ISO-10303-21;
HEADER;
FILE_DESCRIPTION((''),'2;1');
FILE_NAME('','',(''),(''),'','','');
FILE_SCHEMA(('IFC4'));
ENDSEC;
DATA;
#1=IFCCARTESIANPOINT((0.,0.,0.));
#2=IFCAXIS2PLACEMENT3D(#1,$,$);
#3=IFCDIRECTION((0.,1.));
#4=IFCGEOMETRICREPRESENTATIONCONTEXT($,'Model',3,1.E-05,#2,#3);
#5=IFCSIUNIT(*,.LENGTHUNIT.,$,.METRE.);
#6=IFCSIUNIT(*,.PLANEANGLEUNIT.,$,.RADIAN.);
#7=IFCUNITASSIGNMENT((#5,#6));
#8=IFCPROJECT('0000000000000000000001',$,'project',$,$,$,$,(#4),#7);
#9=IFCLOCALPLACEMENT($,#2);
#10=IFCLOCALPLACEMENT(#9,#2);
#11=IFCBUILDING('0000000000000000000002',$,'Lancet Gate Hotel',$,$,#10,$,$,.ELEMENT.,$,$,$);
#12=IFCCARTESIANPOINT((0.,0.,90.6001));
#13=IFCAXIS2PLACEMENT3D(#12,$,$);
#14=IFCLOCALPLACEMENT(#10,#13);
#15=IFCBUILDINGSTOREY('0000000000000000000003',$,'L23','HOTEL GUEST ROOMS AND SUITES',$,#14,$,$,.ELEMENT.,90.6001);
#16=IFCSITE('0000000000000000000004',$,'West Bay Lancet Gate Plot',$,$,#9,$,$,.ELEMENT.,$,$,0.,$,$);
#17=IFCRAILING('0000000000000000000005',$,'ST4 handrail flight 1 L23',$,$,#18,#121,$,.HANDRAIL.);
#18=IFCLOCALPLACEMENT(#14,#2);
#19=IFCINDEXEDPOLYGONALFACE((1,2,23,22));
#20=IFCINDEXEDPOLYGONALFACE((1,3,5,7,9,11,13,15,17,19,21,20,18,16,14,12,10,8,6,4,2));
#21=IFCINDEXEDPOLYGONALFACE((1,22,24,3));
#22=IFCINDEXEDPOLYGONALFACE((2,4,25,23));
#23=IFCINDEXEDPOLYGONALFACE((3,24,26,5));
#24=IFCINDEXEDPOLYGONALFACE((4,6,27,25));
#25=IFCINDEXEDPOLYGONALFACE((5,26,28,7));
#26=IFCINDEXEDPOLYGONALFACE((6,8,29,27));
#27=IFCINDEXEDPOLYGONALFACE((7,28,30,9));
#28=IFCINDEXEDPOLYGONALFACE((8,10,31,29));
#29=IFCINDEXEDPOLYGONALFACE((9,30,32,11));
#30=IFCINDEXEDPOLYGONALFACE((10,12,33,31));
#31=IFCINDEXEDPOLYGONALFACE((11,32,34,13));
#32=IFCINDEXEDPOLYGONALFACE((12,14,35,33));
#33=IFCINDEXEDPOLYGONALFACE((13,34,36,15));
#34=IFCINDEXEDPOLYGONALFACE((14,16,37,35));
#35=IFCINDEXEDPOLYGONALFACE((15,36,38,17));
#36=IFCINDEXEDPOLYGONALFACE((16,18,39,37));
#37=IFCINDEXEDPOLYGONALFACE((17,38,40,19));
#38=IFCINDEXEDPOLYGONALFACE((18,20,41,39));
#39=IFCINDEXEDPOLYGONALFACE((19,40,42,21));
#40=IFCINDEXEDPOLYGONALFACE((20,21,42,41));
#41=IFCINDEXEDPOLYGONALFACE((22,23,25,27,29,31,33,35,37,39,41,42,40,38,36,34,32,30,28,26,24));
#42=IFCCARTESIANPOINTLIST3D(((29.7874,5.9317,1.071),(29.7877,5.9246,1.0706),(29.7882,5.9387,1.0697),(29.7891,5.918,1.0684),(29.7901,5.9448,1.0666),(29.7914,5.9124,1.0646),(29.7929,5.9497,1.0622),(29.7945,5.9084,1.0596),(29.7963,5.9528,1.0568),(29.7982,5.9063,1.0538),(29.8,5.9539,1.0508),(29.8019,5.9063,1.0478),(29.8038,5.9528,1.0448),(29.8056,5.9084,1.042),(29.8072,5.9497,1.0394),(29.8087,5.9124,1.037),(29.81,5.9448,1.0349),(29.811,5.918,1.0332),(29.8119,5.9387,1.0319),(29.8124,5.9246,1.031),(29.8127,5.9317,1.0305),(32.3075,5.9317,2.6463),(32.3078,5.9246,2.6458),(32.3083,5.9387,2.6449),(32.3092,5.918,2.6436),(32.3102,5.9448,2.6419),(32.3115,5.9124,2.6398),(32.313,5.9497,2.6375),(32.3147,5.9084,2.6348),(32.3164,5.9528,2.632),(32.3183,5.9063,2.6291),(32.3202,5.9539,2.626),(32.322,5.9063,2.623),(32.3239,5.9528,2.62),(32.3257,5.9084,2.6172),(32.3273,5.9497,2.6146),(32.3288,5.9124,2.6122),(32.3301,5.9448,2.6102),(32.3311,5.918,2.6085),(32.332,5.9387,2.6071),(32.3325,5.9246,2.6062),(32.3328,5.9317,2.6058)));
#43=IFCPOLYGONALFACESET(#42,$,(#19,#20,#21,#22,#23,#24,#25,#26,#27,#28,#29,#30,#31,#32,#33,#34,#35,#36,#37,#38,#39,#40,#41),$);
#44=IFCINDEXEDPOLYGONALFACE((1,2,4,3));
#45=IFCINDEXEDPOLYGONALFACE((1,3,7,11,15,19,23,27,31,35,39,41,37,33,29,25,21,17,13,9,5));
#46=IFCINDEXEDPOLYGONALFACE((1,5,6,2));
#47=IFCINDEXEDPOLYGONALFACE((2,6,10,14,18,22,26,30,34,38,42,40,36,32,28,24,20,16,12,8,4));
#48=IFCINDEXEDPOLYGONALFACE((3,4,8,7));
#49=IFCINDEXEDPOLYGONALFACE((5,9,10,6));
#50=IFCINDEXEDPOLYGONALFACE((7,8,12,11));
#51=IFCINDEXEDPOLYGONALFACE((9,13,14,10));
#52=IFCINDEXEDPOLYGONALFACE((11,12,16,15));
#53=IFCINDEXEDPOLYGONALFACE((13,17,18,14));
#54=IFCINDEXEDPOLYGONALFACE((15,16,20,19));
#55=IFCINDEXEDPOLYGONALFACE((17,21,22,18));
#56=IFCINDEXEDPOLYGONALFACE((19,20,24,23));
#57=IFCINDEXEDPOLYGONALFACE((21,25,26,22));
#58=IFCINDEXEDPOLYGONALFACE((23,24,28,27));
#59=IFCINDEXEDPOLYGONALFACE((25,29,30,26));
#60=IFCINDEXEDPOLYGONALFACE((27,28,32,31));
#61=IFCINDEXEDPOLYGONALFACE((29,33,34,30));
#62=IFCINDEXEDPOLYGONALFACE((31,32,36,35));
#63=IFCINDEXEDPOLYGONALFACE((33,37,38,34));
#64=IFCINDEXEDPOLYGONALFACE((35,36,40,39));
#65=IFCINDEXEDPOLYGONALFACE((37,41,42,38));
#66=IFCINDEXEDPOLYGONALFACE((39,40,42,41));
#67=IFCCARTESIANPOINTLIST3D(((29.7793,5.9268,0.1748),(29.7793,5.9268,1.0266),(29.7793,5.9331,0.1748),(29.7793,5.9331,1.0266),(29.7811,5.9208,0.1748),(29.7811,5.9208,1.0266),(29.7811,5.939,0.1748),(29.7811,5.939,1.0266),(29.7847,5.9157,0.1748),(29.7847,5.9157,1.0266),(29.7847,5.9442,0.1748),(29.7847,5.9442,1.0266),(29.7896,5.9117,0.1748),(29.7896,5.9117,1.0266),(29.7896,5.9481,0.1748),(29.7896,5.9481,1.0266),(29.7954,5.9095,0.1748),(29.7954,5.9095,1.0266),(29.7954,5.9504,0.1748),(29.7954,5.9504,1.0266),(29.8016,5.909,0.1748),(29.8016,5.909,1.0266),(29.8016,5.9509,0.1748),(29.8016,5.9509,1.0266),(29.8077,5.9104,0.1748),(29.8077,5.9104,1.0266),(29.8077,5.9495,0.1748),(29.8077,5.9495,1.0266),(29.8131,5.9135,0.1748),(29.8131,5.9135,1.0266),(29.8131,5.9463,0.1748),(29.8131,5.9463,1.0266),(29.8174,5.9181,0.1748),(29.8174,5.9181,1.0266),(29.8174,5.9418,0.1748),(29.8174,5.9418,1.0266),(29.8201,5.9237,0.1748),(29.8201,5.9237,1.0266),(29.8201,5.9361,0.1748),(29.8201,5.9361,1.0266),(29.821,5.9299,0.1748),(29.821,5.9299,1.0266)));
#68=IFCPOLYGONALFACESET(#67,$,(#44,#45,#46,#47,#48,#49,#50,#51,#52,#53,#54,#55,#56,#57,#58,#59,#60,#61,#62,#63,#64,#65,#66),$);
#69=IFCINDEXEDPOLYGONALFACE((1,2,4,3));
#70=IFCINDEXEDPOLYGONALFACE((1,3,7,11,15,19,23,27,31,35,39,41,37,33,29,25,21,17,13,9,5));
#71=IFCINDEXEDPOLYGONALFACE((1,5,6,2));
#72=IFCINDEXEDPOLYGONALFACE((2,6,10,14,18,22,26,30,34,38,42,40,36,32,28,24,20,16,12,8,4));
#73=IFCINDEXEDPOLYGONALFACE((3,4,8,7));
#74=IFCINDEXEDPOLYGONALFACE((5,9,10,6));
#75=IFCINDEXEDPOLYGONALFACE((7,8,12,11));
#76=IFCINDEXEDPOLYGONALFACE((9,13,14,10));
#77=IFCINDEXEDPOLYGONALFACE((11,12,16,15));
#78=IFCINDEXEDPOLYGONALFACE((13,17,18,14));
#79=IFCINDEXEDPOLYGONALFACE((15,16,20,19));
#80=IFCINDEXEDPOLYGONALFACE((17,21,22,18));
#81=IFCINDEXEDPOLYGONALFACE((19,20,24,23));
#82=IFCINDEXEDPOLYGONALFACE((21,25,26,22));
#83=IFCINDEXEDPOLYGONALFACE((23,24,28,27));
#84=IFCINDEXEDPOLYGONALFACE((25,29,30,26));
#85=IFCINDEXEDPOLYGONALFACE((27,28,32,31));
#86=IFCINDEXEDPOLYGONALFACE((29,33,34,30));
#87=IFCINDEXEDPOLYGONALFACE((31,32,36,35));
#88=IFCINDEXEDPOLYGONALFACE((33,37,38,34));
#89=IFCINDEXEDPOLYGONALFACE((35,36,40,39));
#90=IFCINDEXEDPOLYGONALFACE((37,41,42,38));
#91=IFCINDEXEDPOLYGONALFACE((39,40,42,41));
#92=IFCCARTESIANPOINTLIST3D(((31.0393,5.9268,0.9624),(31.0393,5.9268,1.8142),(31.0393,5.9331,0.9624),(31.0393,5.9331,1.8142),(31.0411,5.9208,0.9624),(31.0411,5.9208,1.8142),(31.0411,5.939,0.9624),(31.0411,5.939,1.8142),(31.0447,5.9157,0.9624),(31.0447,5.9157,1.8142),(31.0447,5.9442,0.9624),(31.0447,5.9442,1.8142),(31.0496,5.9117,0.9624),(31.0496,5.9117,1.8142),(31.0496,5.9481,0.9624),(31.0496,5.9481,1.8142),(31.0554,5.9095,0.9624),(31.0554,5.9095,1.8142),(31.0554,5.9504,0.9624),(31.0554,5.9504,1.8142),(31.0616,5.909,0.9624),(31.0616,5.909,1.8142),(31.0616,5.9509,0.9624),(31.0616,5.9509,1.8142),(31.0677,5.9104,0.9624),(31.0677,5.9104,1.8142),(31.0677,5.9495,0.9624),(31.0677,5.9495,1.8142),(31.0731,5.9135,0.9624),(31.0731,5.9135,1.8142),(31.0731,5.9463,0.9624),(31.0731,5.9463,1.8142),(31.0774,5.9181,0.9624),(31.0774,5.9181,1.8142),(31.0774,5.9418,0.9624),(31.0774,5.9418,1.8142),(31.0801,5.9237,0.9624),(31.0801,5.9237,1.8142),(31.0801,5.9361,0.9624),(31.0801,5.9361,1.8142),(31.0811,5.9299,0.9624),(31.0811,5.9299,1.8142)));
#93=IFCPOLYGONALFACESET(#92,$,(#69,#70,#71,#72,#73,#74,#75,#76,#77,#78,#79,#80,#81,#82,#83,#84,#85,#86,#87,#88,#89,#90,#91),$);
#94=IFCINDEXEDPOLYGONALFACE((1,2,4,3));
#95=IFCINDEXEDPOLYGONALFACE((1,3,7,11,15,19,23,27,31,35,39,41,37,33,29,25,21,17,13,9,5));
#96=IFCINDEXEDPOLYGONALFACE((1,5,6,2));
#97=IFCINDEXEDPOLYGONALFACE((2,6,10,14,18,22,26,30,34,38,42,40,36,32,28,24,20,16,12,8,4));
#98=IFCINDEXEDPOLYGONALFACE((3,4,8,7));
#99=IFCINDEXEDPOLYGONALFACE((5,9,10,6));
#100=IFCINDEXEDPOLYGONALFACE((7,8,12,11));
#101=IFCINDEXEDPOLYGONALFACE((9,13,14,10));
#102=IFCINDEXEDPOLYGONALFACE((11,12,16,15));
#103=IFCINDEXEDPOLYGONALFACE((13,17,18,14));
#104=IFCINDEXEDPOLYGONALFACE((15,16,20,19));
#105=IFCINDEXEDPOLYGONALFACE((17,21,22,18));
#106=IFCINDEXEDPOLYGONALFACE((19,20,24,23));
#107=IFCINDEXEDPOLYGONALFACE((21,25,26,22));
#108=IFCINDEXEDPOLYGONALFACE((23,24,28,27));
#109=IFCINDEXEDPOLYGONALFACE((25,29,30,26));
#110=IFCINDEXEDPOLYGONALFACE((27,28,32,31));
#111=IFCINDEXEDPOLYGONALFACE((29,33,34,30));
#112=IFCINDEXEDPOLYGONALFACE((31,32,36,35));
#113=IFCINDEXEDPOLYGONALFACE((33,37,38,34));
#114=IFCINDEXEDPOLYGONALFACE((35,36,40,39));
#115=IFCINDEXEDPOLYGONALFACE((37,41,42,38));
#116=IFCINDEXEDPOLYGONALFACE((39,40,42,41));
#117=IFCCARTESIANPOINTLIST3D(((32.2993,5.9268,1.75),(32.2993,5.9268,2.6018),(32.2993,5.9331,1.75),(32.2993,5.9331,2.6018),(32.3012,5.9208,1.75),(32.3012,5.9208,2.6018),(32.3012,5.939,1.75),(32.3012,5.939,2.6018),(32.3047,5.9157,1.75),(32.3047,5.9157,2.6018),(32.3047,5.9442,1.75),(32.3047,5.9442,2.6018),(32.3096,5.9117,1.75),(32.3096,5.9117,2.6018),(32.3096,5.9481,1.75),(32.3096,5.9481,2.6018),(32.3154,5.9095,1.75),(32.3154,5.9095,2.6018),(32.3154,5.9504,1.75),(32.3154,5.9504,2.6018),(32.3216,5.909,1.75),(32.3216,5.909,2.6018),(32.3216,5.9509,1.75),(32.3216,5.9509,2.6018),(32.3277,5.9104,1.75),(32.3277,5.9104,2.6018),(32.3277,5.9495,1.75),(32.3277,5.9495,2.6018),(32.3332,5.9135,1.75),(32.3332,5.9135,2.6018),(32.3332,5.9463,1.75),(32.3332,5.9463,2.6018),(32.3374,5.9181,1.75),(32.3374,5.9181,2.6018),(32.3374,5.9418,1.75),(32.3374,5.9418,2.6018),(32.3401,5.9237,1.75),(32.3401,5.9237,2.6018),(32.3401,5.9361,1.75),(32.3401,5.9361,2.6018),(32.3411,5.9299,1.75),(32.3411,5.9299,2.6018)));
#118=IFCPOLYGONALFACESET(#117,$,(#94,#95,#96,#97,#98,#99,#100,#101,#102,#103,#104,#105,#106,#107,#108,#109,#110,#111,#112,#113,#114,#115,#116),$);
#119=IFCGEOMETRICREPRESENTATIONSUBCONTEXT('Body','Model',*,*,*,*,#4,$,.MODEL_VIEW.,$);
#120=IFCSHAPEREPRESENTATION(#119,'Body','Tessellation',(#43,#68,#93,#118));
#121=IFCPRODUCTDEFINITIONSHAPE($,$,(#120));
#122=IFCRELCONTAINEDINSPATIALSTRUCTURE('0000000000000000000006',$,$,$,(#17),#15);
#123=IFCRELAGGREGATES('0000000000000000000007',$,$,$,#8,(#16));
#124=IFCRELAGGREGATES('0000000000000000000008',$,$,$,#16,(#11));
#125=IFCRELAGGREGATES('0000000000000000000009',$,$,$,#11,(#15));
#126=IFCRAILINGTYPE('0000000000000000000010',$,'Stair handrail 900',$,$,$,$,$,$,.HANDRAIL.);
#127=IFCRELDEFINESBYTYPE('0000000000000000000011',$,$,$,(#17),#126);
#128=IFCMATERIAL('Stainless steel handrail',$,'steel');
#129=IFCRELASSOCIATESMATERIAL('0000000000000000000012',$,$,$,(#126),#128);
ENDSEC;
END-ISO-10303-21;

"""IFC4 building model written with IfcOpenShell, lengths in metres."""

from ifc_helpers import new_model, si_unit, direction, frame, origin, origin_2d, place, context, subcontext, project, spatial, circle, extrude, material, type_object, element, save


model = new_model("IFC4")

# Units and contexts
model_context = context("Model", 3, precision=1e-05, world=origin(), true_north=direction((0.0, 1.0)))
body_context = subcontext(model_context, "Body", "Model", "MODEL_VIEW")
ifc_project = project(units=[si_unit("LENGTHUNIT", "METRE"), si_unit("PLANEANGLEUNIT", "RADIAN")], contexts=[model_context])

# Site, building, storey
site_placement = place(None, origin())
site = spatial("IfcSite", under=ifc_project, at=site_placement, Name="West Bay Lancet Gate Plot", CompositionType="ELEMENT", RefElevation=0.0)
building_placement = place(site_placement, origin())
building = spatial("IfcBuilding", under=site, at=building_placement, Name="Lancet Gate Hotel", CompositionType="ELEMENT")
storey_placement = place(building_placement, frame((0.0, 0.0, 90.6001)))
storey = spatial("IfcBuildingStorey", under=building, at=storey_placement, Name="L23", Description="HOTEL GUEST ROOMS AND SUITES", CompositionType="ELEMENT", Elevation=90.6001)

# Railing
ifc_material_1 = material(Name="Stainless steel handrail", Category="steel")
railing_type = type_object("IfcRailingType", Name="Stair handrail 900", PredefinedType="HANDRAIL", material=ifc_material_1)
railing_1_placement = place(storey_placement, frame((29.8, 5.9299, 0.1748)))
element("IfcRailing", 1, at=railing_1_placement, inside=storey, type_object=railing_type, Name="ST4 handrail flight 1 L23", PredefinedType="HANDRAIL", context=body_context, shape_type="SweptSolid", body=[
    extrude(circle(Radius=0.0239, at=origin_2d()), frame((0.0, 0.0, 0.876), z_axis=(0.847971, 0.0, 0.530043), x_axis=(0.0, 1.0, 0.0)), (0.0, 0.0, 1.0), 2.9719),
    extrude(circle(Radius=0.021, at=origin_2d()), origin(), (0.0, 0.0, 1.0), 0.8518),
    extrude(circle(Radius=0.021, at=origin_2d()), frame((1.26, 0.0, 0.7876)), (0.0, 0.0, 1.0), 0.8518),
    extrude(circle(Radius=0.021, at=origin_2d()), frame((2.52, 0.0, 1.5752)), (0.0, 0.0, 1.0), 0.8518),
])

save(model, "model.ifc")
